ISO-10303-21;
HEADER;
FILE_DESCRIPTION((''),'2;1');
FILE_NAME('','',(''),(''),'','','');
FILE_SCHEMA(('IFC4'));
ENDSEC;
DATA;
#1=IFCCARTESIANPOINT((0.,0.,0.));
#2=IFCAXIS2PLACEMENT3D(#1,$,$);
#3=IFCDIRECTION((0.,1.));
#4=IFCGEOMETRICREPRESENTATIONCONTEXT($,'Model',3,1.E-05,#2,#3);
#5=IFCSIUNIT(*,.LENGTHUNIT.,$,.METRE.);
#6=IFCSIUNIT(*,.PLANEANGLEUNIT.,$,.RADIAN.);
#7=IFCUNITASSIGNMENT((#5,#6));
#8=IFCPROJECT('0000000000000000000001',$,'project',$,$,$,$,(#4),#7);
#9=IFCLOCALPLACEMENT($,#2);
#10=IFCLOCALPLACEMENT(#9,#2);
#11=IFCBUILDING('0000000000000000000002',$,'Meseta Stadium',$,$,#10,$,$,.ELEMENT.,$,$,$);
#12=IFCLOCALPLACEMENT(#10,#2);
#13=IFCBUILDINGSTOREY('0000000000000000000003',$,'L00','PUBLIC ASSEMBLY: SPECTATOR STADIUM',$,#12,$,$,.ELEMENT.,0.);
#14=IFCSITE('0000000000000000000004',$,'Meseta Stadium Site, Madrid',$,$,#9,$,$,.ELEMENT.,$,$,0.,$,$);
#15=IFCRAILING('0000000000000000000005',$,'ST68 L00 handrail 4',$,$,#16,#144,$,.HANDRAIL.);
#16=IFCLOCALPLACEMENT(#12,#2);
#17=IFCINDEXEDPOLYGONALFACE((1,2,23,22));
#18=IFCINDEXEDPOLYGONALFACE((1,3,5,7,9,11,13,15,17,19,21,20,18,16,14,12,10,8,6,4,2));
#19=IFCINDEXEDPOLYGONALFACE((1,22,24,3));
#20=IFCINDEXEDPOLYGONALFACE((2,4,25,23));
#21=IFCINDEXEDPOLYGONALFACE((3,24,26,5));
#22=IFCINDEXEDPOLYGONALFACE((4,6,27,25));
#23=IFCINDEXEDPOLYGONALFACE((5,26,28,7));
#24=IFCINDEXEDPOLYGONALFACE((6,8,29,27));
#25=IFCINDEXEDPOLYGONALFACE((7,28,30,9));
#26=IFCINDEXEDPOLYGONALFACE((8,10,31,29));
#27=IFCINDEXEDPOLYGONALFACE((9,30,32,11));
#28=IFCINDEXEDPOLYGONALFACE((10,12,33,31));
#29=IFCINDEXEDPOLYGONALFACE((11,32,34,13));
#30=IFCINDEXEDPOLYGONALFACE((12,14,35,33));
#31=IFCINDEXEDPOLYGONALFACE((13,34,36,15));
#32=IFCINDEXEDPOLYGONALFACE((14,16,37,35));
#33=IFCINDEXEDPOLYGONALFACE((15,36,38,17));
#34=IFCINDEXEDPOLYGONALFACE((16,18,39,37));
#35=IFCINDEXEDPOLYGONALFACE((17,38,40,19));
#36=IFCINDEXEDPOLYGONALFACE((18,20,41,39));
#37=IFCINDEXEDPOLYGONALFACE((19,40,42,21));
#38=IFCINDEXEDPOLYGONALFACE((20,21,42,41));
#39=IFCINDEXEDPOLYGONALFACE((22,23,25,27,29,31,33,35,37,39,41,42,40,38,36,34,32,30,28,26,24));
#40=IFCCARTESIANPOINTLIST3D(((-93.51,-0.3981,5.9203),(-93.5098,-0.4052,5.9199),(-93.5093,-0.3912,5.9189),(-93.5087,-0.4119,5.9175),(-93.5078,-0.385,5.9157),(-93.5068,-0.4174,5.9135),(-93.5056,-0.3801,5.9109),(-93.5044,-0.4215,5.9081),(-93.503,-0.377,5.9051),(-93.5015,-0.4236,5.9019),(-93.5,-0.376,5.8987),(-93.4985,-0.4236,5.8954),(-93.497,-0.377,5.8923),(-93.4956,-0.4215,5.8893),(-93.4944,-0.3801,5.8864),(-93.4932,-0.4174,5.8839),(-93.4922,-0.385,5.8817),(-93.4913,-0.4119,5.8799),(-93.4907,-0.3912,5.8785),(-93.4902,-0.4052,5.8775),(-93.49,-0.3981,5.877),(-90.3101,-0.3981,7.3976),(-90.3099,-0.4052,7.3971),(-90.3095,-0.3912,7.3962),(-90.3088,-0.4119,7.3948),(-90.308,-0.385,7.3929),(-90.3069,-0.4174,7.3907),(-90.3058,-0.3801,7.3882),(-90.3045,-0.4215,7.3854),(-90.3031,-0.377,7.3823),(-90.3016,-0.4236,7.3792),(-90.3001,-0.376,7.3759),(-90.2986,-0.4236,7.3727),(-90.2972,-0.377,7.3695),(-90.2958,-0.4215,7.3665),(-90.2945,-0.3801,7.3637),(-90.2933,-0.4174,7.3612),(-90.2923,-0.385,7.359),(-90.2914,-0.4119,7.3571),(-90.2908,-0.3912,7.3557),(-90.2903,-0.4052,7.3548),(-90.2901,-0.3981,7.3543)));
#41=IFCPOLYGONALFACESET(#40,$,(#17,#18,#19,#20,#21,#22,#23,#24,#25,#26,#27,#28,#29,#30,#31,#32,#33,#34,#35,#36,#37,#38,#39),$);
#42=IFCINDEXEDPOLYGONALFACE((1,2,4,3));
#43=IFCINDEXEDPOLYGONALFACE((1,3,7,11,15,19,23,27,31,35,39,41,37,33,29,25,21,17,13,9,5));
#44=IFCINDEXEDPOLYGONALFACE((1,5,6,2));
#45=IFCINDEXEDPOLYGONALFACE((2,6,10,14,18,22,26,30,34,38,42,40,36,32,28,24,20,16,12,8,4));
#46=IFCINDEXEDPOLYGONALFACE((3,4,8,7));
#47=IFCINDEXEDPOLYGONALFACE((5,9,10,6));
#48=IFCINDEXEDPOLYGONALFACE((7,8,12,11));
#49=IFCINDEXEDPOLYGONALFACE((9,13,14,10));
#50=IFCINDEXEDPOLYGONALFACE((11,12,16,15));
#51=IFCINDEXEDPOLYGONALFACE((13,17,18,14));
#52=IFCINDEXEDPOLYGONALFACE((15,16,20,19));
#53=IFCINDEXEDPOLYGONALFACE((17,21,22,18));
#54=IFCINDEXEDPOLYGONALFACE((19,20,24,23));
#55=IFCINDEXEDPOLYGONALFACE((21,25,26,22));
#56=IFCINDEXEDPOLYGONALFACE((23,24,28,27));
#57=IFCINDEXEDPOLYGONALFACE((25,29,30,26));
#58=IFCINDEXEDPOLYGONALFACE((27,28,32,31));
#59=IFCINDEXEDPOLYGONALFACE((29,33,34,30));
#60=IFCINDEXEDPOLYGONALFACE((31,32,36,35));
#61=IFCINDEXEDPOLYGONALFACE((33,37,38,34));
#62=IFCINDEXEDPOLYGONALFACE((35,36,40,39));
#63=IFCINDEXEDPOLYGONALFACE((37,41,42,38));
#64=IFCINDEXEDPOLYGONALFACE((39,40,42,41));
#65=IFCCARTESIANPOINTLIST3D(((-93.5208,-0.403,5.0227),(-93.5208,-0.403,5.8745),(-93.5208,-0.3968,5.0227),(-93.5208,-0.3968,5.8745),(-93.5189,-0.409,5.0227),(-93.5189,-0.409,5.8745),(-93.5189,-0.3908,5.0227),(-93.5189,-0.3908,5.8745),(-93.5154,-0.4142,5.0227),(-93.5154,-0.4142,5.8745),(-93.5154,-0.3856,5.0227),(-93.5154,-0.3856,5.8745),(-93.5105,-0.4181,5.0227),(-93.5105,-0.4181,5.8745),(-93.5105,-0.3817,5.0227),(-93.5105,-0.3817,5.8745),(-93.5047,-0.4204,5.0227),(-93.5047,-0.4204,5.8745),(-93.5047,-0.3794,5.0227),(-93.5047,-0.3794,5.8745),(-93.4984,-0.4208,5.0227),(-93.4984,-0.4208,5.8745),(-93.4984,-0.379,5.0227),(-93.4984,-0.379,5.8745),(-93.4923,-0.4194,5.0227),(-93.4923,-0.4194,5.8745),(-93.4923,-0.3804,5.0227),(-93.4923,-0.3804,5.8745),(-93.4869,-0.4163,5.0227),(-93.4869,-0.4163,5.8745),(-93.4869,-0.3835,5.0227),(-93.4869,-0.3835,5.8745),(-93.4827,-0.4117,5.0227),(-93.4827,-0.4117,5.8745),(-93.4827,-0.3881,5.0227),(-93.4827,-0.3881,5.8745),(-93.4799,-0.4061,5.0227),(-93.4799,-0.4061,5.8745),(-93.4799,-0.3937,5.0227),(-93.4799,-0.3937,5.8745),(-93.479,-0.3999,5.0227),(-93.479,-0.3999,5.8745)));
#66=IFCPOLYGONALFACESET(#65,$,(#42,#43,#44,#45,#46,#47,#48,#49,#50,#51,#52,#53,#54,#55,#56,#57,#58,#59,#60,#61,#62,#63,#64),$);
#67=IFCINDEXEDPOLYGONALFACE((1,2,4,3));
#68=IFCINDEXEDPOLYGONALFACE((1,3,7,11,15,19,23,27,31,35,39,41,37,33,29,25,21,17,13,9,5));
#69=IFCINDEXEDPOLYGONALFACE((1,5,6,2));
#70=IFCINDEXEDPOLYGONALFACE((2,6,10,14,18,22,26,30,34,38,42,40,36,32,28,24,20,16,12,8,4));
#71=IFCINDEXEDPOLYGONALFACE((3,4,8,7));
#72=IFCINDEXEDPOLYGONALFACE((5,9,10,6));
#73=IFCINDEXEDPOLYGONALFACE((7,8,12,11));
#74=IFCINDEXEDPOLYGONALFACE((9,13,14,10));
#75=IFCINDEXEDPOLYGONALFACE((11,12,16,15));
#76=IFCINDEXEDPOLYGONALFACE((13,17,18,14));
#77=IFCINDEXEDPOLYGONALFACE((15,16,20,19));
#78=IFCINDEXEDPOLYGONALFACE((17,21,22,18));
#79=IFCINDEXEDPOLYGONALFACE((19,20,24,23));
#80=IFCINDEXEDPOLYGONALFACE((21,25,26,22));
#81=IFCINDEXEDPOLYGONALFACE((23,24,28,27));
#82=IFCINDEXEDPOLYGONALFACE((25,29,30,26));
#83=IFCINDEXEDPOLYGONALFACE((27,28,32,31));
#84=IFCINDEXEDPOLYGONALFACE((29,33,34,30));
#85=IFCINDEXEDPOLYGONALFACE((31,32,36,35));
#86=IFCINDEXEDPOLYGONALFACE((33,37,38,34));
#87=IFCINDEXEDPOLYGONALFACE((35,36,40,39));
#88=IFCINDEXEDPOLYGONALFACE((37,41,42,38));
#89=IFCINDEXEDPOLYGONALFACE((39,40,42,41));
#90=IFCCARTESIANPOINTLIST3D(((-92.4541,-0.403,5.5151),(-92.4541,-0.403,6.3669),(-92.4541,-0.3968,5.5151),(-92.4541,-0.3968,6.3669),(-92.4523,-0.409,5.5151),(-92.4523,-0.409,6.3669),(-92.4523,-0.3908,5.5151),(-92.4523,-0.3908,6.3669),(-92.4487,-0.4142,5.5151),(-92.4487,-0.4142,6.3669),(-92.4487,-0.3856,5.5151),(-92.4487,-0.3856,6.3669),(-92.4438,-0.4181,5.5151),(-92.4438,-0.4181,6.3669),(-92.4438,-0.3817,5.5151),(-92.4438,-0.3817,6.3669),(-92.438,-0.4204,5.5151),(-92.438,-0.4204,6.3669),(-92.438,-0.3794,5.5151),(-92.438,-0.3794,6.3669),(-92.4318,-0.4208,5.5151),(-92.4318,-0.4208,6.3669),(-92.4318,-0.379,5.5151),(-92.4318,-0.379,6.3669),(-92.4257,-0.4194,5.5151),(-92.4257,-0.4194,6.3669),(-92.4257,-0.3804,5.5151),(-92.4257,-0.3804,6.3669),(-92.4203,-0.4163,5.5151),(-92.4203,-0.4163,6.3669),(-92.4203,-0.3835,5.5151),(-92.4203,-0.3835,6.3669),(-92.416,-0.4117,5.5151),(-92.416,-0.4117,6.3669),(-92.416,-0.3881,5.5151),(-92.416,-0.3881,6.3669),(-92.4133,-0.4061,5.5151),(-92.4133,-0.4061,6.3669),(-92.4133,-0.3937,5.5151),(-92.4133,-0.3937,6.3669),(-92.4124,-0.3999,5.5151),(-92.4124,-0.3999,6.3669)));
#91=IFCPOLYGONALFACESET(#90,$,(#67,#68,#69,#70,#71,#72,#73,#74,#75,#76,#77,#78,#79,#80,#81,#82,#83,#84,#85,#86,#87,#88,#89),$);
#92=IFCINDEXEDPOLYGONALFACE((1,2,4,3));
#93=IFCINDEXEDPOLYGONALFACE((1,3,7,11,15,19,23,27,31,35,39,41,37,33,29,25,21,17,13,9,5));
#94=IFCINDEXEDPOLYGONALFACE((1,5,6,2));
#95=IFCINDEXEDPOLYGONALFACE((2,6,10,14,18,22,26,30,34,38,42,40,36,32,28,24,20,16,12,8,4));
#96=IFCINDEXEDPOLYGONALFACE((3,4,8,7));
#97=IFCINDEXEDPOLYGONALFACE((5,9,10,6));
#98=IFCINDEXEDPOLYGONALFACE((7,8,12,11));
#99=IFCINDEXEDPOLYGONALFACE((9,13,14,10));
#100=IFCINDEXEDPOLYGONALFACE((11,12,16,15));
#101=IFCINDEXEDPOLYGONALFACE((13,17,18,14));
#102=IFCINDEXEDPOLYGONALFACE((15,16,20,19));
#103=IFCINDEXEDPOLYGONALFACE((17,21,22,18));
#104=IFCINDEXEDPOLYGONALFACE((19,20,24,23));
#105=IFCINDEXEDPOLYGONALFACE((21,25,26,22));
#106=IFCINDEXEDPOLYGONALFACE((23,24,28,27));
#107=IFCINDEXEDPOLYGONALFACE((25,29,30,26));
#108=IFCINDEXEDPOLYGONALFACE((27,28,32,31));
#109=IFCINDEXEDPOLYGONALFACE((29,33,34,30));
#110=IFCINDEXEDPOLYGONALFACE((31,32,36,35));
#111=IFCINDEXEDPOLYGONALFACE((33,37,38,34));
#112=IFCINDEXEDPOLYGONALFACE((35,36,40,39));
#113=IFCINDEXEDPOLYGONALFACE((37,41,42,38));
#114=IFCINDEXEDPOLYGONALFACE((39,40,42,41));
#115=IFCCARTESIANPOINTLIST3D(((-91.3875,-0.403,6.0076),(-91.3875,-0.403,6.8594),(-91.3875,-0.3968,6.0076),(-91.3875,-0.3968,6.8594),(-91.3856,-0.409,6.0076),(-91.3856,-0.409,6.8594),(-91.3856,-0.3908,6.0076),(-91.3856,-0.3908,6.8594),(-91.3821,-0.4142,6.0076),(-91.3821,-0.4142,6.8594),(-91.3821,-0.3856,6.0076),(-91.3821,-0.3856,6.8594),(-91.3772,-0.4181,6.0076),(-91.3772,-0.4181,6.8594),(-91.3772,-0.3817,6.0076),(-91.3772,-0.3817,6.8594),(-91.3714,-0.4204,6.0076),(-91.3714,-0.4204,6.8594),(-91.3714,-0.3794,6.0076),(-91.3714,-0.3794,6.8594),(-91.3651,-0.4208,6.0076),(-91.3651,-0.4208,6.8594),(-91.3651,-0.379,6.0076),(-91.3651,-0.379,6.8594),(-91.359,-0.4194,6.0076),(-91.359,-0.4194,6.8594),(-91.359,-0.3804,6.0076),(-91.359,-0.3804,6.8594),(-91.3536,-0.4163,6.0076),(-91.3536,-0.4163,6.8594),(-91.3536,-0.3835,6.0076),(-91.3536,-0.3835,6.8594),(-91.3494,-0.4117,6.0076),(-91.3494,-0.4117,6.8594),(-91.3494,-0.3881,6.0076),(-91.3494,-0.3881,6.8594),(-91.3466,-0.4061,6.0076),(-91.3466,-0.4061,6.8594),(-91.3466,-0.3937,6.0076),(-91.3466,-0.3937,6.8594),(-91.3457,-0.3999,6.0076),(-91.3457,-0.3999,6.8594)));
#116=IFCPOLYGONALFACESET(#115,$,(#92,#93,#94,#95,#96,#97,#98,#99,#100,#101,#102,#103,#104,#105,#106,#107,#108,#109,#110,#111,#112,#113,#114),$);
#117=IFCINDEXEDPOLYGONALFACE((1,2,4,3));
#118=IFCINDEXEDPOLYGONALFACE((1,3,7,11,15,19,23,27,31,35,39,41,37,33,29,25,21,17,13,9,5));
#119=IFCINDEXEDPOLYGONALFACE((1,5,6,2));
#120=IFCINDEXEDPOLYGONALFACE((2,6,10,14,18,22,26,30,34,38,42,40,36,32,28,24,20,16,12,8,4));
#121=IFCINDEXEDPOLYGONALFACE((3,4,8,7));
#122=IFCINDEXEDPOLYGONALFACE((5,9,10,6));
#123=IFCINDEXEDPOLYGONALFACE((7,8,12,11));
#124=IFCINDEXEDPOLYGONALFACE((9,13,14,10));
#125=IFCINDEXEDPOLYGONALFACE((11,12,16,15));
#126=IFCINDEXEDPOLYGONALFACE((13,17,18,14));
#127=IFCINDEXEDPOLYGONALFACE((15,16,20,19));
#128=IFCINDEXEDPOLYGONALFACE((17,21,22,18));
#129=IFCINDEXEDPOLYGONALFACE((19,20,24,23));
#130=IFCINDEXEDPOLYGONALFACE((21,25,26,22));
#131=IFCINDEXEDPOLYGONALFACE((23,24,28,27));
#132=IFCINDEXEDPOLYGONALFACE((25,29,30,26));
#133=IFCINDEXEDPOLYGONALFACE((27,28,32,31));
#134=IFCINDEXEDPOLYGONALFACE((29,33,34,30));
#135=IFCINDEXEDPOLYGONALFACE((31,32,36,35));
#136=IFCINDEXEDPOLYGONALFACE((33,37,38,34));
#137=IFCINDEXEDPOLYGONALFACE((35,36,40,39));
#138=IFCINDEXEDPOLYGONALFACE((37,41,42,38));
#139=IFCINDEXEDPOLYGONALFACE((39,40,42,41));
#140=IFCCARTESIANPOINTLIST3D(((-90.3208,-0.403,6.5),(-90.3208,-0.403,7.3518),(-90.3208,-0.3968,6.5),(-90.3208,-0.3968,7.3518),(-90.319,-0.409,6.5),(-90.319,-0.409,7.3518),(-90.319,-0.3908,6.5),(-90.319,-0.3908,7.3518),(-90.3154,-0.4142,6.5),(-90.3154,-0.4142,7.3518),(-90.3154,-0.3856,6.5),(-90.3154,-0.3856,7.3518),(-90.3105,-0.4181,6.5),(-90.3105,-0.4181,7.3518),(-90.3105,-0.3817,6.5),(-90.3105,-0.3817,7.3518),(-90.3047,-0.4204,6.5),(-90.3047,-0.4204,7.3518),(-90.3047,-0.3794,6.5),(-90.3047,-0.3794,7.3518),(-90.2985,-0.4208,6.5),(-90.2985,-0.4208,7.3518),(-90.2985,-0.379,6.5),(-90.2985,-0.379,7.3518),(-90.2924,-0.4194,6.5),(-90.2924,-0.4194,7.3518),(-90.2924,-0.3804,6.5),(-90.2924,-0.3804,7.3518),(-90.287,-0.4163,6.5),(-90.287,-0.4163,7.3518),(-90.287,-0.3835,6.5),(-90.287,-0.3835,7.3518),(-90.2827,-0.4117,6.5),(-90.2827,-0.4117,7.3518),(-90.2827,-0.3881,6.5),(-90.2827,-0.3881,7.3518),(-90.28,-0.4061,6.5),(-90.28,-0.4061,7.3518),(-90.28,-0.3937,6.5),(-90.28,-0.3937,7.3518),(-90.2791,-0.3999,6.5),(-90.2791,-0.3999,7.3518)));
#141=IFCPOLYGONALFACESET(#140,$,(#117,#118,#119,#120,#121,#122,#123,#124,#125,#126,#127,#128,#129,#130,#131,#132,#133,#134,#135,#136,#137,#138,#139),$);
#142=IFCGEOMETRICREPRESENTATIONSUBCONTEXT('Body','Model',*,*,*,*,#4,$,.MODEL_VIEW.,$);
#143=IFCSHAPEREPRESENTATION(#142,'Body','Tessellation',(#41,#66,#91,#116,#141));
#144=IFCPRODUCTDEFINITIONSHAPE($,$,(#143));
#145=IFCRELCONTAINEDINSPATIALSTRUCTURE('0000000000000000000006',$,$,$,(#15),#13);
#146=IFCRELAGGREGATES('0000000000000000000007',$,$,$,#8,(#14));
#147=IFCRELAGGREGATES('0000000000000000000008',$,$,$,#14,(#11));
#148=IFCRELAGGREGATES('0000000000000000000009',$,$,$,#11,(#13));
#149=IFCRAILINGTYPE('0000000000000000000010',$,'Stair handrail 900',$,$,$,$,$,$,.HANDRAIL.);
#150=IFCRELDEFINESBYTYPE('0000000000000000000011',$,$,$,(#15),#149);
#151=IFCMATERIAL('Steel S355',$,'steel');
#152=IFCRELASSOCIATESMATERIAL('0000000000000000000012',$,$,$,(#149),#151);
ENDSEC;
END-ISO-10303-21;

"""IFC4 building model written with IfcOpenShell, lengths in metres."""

from ifc_helpers import new_model, si_unit, direction, frame, origin, origin_2d, place, context, subcontext, project, spatial, circle, extrude, material, type_object, element, save


model = new_model("IFC4")

# Units and contexts
model_context = context("Model", 3, precision=1e-05, world=origin(), true_north=direction((0.0, 1.0)))
body_context = subcontext(model_context, "Body", "Model", "MODEL_VIEW")
ifc_project = project(units=[si_unit("LENGTHUNIT", "METRE"), si_unit("PLANEANGLEUNIT", "RADIAN")], contexts=[model_context])

# Site, building, storey
site_placement = place(None, origin())
site = spatial("IfcSite", under=ifc_project, at=site_placement, Name="Meseta Stadium Site, Madrid", CompositionType="ELEMENT", RefElevation=0.0)
building_placement = place(site_placement, origin())
building = spatial("IfcBuilding", under=site, at=building_placement, Name="Meseta Stadium", CompositionType="ELEMENT")
storey_placement = place(building_placement, origin())
storey = spatial("IfcBuildingStorey", under=building, at=storey_placement, Name="L00", Description="PUBLIC ASSEMBLY: SPECTATOR STADIUM", CompositionType="ELEMENT", Elevation=0.0)

# Railing
ifc_material_1 = material(Name="Steel S355", Category="steel")
railing_type_1 = type_object("IfcRailingType", Name="Stair handrail 900", PredefinedType="HANDRAIL", material=ifc_material_1)
for number, where, name in (
    (1, (-93.5, -0.3999, 5.0227), "ST68 L00 handrail 4"),
):
    element("IfcRailing", number, at=place(storey_placement, frame(where)), inside=storey, type_object=railing_type_1, Name=name, PredefinedType="HANDRAIL", context=body_context, shape_type="SweptSolid", body=[
        extrude(circle(Radius=0.0239, at=origin_2d()), frame((0.0, 0.0, 0.876), z_axis=(0.907917, 0.0, 0.41915), x_axis=(0.0, 1.0, 0.0)), (0.0, 0.0, 1.0), 3.5244),
        extrude(circle(Radius=0.021, at=origin_2d()), origin(), (0.0, 0.0, 1.0), 0.8518),
        extrude(circle(Radius=0.021, at=origin_2d()), frame((1.0667, 0.0, 0.4924)), (0.0, 0.0, 1.0), 0.8518),
        extrude(circle(Radius=0.021, at=origin_2d()), frame((2.1333, 0.0, 0.9849)), (0.0, 0.0, 1.0), 0.8518),
        extrude(circle(Radius=0.021, at=origin_2d()), frame((3.2, 0.0, 1.4773)), (0.0, 0.0, 1.0), 0.8518),
    ])

save(model, "model.ifc")
